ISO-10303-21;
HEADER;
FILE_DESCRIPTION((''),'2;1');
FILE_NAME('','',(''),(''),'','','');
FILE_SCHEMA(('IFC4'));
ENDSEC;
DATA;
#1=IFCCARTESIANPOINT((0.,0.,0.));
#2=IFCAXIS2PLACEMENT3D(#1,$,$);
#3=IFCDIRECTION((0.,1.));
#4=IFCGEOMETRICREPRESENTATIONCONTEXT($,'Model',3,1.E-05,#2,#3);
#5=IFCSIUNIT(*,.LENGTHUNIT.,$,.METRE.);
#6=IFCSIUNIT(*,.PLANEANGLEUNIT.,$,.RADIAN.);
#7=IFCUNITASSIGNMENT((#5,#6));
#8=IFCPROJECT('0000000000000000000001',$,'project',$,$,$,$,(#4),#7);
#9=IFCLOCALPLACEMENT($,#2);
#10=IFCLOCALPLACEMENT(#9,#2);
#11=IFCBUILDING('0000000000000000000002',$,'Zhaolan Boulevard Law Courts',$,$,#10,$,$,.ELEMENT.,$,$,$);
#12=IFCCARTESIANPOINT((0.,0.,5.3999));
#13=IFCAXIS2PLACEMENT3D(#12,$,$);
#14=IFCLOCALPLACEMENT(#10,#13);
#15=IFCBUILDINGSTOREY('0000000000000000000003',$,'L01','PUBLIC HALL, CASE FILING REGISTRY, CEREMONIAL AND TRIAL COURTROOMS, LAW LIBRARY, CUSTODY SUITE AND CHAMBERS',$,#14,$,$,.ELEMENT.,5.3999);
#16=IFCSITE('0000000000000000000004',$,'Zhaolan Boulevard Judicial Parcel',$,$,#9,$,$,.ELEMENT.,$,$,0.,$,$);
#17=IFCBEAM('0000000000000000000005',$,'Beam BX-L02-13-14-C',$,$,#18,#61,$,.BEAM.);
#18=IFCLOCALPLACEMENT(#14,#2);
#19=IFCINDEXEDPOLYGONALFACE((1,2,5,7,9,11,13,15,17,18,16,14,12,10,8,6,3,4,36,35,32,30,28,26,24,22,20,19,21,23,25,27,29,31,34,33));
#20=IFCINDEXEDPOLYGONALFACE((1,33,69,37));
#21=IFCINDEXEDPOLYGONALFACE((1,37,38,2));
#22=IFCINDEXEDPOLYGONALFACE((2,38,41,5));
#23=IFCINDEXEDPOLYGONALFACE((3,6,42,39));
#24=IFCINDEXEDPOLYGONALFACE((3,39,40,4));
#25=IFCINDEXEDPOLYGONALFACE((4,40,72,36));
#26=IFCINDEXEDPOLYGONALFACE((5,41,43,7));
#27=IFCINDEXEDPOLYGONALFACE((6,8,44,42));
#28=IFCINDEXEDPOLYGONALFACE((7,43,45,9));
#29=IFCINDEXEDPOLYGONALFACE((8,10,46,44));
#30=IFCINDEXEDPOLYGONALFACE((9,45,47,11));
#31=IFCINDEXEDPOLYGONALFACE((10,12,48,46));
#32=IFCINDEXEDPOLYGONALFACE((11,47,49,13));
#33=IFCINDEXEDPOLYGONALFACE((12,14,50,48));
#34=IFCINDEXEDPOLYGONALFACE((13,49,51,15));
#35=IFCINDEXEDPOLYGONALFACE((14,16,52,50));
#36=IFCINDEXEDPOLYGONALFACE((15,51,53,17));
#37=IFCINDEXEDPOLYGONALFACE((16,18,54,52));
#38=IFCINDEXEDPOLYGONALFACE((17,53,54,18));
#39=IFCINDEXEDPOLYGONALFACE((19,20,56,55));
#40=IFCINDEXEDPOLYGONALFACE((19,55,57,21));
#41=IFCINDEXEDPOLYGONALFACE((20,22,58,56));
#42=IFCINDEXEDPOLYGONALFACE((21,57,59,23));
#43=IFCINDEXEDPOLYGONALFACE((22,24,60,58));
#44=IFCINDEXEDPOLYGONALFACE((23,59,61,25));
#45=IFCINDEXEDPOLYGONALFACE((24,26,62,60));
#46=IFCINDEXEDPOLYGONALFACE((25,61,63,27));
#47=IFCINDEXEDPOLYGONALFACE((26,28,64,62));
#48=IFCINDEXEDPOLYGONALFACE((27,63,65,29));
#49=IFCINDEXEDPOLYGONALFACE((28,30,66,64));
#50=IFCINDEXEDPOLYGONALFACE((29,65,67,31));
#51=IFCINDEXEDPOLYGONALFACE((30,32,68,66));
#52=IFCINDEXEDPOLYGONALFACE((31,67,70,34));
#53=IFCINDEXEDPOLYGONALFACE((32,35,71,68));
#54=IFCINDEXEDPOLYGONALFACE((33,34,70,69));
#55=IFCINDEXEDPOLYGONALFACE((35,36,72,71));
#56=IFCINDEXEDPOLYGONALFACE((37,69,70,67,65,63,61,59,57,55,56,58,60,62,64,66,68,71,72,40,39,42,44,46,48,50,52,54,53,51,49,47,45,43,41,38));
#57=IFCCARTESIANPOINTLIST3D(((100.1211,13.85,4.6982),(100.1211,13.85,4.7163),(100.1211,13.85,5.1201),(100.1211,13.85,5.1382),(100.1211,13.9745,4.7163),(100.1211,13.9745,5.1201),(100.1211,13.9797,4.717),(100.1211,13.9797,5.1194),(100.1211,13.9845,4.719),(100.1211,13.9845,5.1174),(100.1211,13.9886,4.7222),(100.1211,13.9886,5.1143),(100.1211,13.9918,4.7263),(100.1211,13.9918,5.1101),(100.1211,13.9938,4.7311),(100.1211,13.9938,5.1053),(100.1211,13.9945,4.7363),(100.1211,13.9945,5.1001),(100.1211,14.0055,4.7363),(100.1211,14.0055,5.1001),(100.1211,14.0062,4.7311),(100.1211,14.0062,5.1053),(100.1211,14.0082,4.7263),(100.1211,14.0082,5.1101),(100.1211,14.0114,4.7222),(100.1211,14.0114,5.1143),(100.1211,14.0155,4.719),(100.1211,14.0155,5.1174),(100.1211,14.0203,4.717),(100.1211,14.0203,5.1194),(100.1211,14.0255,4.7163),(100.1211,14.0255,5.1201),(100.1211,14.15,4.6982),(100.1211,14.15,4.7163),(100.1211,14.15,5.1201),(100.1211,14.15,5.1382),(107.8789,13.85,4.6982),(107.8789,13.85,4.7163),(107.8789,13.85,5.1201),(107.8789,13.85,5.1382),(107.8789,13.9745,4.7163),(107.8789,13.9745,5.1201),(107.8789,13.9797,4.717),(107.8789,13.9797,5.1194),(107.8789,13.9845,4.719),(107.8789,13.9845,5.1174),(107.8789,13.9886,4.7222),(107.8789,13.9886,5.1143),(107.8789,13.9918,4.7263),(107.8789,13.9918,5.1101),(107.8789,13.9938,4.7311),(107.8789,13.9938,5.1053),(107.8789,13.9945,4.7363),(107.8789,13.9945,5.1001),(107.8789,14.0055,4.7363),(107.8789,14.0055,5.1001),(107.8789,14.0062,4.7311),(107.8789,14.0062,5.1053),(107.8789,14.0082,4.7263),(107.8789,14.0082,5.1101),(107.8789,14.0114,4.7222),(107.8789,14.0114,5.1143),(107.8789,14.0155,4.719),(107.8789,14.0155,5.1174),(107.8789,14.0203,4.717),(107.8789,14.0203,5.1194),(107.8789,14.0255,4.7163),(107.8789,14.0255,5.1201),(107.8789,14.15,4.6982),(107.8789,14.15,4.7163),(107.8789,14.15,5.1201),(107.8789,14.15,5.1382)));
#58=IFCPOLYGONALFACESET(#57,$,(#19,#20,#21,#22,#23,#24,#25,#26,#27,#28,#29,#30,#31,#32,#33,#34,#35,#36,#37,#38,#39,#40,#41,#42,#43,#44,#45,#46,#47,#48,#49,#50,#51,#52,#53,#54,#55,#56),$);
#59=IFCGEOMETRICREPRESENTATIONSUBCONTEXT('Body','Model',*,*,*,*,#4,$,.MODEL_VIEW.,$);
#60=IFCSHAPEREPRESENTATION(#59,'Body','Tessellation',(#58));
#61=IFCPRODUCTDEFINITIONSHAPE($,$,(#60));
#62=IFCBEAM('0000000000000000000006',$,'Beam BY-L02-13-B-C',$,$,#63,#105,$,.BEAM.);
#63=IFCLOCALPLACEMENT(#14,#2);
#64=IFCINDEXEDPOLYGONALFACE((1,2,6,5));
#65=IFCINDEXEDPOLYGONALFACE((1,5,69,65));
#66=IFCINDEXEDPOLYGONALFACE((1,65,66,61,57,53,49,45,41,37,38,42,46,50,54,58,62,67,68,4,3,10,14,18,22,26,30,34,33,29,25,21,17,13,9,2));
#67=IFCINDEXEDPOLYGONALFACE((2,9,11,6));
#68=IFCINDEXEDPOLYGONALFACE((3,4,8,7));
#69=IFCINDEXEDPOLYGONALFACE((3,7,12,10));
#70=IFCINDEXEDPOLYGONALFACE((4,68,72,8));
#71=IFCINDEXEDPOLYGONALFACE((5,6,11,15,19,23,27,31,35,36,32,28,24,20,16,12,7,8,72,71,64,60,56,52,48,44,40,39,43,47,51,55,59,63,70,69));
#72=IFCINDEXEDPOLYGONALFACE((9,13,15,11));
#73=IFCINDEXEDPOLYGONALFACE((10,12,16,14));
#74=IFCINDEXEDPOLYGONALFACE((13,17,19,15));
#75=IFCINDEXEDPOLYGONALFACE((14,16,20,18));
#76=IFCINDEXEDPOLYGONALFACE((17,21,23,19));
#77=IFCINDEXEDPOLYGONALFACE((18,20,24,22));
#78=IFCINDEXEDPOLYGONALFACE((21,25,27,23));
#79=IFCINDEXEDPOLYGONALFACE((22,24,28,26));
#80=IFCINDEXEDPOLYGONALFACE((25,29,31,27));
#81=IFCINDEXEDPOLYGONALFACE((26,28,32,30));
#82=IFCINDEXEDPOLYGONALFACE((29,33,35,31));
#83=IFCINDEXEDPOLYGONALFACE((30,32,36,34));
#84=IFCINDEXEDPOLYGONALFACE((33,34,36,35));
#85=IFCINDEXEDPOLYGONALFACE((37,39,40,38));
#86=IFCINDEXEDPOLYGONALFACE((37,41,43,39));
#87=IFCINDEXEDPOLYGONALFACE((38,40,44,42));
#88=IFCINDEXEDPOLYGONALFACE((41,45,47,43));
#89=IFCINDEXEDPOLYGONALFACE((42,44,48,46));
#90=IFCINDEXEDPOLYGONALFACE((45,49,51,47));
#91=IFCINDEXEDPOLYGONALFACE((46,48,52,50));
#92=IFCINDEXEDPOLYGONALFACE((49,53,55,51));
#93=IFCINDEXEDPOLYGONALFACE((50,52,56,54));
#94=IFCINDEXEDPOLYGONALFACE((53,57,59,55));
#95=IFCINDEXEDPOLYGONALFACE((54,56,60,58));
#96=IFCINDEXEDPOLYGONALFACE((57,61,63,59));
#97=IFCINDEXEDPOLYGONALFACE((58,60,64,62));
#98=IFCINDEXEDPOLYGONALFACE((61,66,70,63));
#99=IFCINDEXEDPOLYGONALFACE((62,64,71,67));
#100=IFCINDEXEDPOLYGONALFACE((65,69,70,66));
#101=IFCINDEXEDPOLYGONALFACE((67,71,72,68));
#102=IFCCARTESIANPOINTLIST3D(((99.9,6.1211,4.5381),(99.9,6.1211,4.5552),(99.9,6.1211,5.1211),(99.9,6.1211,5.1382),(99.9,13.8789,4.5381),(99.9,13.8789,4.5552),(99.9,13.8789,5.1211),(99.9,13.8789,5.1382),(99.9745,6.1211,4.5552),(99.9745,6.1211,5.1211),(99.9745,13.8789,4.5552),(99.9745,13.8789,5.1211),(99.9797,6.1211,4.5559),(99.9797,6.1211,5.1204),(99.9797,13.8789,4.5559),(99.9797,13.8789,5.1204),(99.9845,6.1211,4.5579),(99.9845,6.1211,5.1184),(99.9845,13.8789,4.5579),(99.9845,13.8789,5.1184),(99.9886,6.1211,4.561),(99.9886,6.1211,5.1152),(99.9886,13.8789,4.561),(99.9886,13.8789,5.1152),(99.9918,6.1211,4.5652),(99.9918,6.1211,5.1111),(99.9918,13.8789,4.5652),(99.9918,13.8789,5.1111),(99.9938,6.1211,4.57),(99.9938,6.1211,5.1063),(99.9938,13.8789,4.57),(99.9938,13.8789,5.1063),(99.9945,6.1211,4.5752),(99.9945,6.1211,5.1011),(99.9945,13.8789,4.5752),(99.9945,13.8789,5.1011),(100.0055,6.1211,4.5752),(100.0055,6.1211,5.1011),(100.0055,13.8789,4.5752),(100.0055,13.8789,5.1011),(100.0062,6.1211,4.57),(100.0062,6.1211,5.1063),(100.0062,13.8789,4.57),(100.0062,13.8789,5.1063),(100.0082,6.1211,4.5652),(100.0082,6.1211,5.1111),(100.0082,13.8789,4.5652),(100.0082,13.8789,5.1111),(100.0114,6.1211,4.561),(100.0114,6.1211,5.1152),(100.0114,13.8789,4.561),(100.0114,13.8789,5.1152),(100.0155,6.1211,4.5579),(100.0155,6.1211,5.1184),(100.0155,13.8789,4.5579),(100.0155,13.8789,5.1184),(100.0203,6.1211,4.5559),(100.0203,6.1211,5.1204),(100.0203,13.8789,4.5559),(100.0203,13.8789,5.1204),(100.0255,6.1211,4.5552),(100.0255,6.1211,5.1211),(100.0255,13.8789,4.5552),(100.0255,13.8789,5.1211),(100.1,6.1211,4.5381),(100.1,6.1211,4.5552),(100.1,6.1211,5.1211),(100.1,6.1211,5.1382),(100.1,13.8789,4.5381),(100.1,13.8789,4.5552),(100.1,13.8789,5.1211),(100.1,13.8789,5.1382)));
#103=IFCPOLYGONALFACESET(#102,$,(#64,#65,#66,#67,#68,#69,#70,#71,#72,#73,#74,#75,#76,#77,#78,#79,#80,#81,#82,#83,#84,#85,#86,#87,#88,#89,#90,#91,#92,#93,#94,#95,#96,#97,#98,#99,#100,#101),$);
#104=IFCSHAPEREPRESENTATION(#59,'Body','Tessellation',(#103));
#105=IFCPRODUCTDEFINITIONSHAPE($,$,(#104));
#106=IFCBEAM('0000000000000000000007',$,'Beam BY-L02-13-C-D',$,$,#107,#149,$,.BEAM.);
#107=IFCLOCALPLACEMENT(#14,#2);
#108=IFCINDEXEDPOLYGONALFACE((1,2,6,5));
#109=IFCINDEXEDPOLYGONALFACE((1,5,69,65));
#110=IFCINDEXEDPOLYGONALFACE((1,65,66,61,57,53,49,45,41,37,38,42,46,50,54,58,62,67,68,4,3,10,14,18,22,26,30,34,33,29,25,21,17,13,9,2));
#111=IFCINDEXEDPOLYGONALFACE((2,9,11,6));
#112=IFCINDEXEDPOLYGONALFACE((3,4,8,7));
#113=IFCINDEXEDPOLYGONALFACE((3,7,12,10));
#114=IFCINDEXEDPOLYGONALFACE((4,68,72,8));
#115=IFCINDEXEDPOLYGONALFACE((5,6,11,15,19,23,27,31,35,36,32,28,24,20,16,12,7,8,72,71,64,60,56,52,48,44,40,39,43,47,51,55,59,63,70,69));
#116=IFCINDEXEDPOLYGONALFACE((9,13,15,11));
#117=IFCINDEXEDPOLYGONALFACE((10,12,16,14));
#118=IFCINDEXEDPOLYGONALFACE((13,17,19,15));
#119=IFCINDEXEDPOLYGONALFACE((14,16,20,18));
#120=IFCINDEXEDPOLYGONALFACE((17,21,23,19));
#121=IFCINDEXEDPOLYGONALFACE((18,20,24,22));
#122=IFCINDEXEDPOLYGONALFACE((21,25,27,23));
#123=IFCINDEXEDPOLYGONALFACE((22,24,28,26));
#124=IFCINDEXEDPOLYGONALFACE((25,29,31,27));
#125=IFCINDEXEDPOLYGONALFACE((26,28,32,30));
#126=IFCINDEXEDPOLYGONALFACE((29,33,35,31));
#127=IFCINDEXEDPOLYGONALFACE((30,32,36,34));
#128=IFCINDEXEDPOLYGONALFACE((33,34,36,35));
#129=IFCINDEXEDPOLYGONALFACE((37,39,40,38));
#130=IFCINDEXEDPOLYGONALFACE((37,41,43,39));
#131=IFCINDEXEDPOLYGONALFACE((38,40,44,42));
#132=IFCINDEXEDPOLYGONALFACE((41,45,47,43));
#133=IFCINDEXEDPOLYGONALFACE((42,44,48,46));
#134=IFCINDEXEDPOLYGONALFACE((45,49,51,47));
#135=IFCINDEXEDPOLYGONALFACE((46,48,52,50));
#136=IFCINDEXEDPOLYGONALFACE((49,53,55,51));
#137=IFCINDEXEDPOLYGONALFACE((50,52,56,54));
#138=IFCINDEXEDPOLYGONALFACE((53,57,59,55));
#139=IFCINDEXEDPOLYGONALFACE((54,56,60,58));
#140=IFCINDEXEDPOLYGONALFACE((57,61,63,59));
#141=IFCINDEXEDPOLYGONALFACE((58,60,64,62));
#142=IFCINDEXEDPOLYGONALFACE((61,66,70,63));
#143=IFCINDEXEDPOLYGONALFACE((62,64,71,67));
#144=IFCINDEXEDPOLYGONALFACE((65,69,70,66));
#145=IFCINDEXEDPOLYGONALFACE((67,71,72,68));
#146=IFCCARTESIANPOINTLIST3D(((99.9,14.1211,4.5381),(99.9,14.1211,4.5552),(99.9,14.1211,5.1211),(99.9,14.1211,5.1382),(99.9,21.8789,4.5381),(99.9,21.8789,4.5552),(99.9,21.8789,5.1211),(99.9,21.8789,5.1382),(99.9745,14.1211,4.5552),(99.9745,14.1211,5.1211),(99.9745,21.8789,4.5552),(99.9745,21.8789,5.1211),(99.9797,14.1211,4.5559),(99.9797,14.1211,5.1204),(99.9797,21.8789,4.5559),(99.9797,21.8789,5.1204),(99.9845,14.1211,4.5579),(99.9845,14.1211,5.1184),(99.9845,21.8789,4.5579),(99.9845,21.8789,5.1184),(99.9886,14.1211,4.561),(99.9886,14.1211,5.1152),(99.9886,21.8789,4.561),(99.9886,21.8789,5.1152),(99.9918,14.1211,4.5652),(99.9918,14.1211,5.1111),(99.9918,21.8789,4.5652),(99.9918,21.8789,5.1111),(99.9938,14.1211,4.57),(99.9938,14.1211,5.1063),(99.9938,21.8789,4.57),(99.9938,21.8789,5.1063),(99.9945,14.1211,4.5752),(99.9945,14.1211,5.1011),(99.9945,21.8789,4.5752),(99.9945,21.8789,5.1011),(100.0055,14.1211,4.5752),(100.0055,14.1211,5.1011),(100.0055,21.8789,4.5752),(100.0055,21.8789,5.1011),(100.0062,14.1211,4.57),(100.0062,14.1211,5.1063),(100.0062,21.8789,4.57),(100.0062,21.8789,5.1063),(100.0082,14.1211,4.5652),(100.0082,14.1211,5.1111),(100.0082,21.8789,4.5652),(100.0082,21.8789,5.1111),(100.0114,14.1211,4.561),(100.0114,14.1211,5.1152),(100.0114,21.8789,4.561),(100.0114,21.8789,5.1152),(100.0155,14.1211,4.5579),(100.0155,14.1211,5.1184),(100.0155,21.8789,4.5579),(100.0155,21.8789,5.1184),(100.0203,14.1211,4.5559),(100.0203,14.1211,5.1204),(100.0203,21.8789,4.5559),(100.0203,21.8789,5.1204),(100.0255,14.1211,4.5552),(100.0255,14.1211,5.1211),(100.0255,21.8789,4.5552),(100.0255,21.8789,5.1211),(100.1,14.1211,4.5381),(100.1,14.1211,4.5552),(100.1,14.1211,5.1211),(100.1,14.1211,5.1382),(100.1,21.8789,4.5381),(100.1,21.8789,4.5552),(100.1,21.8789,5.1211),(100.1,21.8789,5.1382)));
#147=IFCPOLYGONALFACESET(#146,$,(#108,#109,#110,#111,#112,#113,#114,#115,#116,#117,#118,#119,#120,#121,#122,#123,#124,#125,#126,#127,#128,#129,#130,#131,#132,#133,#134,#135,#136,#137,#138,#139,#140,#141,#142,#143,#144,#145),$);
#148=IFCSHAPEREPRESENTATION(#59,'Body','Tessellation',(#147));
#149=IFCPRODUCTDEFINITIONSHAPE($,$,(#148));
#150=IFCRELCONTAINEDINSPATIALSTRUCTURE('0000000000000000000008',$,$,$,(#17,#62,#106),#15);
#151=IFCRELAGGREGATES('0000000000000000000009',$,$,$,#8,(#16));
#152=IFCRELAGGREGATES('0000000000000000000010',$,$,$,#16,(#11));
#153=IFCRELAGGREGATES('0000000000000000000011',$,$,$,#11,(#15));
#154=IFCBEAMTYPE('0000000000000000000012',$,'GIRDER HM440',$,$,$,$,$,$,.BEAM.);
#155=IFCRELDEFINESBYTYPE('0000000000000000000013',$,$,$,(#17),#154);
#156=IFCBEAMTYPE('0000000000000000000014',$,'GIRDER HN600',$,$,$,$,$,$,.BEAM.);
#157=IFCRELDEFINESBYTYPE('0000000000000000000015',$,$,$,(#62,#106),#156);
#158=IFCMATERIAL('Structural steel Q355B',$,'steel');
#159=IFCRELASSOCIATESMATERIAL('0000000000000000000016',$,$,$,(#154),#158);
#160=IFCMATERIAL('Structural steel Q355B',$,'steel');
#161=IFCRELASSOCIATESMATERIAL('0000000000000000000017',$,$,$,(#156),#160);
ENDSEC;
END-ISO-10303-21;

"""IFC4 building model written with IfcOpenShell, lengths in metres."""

from ifc_helpers import new_model, si_unit, direction, frame, origin, origin_2d, place, context, subcontext, project, spatial, i_section, extrude, material, material_profile, profile_set, type_object, element, save


model = new_model("IFC4")

# Units and contexts
model_context = context("Model", 3, precision=1e-05, world=origin(), true_north=direction((0.0, 1.0)))
body_context = subcontext(model_context, "Body", "Model", "MODEL_VIEW")
ifc_project = project(units=[si_unit("LENGTHUNIT", "METRE"), si_unit("PLANEANGLEUNIT", "RADIAN")], contexts=[model_context])

# Site, building, storey
site_placement = place(None, origin())
site = spatial("IfcSite", under=ifc_project, at=site_placement, Name="Zhaolan Boulevard Judicial Parcel", CompositionType="ELEMENT", RefElevation=0.0)
building_placement = place(site_placement, origin())
building = spatial("IfcBuilding", under=site, at=building_placement, Name="Zhaolan Boulevard Law Courts", CompositionType="ELEMENT")
storey_placement = place(building_placement, frame((0.0, 0.0, 5.3999)))
storey = spatial("IfcBuildingStorey", under=building, at=storey_placement, Name="L01", Description="PUBLIC HALL, CASE FILING REGISTRY, CEREMONIAL AND TRIAL COURTROOMS, LAW LIBRARY, CUSTODY SUITE AND CHAMBERS", CompositionType="ELEMENT", Elevation=5.3999)

# Beams
ifc_material_1 = material(Name="Structural steel Q355B", Category="steel")
ifc_material_profile_1 = material_profile(ifc_material_1, i_section(OverallWidth=0.3, OverallDepth=0.4399, WebThickness=0.011, FlangeThickness=0.0181, FilletRadius=0.02, at=origin_2d()), Name="HM440x300")
ifc_profile_set_1 = profile_set([ifc_material_profile_1], Name="Structural steel Q355B")
beam_type_1 = type_object("IfcBeamType", Name="GIRDER HM440", PredefinedType="BEAM", material=ifc_profile_set_1)
beam_1_placement = place(storey_placement, frame((100.1211, 14.0, 4.9182), z_axis=(1.0, 0.0, 0.0), x_axis=(0.0, 1.0, 0.0)))
element("IfcBeam", 1, at=beam_1_placement, inside=storey, type_object=beam_type_1, Name="Beam BX-L02-13-14-C", PredefinedType="BEAM", context=body_context, shape_type="SweptSolid", body=[
    extrude(i_section(OverallWidth=0.3, OverallDepth=0.4399, WebThickness=0.011, FlangeThickness=0.0181, FilletRadius=0.02, at=origin_2d()), origin(), (0.0, 0.0, 1.0), 7.7578),
])
ifc_material_2 = material(Name="Structural steel Q355B", Category="steel")
ifc_material_profile_2 = material_profile(ifc_material_2, i_section(OverallWidth=0.2, OverallDepth=0.6001, WebThickness=0.011, FlangeThickness=0.0171, FilletRadius=0.02, at=origin_2d()), Name="HN600x200")
ifc_profile_set_2 = profile_set([ifc_material_profile_2], Name="Structural steel Q355B")
beam_type_2 = type_object("IfcBeamType", Name="GIRDER HN600", PredefinedType="BEAM", material=ifc_profile_set_2)
for number, where, z_axis, x_axis, name in (
    (2, (100.0, 6.1211, 4.8381), (0.0, 1.0, 0.0), (-1.0, 0.0, 0.0), "Beam BY-L02-13-B-C"),
    (3, (100.0, 14.1211, 4.8381), (0.0, 1.0, 0.0), (-1.0, 0.0, 0.0), "Beam BY-L02-13-C-D"),
):
    element("IfcBeam", number, at=place(storey_placement, frame(where, z_axis=z_axis, x_axis=x_axis)), inside=storey, type_object=beam_type_2, Name=name, PredefinedType="BEAM", context=body_context, shape_type="SweptSolid", body=[
        extrude(i_section(OverallWidth=0.2, OverallDepth=0.6001, WebThickness=0.011, FlangeThickness=0.0171, FilletRadius=0.02, at=origin_2d()), origin(), (0.0, 0.0, 1.0), 7.7578),
    ])

save(model, "model.ifc")
